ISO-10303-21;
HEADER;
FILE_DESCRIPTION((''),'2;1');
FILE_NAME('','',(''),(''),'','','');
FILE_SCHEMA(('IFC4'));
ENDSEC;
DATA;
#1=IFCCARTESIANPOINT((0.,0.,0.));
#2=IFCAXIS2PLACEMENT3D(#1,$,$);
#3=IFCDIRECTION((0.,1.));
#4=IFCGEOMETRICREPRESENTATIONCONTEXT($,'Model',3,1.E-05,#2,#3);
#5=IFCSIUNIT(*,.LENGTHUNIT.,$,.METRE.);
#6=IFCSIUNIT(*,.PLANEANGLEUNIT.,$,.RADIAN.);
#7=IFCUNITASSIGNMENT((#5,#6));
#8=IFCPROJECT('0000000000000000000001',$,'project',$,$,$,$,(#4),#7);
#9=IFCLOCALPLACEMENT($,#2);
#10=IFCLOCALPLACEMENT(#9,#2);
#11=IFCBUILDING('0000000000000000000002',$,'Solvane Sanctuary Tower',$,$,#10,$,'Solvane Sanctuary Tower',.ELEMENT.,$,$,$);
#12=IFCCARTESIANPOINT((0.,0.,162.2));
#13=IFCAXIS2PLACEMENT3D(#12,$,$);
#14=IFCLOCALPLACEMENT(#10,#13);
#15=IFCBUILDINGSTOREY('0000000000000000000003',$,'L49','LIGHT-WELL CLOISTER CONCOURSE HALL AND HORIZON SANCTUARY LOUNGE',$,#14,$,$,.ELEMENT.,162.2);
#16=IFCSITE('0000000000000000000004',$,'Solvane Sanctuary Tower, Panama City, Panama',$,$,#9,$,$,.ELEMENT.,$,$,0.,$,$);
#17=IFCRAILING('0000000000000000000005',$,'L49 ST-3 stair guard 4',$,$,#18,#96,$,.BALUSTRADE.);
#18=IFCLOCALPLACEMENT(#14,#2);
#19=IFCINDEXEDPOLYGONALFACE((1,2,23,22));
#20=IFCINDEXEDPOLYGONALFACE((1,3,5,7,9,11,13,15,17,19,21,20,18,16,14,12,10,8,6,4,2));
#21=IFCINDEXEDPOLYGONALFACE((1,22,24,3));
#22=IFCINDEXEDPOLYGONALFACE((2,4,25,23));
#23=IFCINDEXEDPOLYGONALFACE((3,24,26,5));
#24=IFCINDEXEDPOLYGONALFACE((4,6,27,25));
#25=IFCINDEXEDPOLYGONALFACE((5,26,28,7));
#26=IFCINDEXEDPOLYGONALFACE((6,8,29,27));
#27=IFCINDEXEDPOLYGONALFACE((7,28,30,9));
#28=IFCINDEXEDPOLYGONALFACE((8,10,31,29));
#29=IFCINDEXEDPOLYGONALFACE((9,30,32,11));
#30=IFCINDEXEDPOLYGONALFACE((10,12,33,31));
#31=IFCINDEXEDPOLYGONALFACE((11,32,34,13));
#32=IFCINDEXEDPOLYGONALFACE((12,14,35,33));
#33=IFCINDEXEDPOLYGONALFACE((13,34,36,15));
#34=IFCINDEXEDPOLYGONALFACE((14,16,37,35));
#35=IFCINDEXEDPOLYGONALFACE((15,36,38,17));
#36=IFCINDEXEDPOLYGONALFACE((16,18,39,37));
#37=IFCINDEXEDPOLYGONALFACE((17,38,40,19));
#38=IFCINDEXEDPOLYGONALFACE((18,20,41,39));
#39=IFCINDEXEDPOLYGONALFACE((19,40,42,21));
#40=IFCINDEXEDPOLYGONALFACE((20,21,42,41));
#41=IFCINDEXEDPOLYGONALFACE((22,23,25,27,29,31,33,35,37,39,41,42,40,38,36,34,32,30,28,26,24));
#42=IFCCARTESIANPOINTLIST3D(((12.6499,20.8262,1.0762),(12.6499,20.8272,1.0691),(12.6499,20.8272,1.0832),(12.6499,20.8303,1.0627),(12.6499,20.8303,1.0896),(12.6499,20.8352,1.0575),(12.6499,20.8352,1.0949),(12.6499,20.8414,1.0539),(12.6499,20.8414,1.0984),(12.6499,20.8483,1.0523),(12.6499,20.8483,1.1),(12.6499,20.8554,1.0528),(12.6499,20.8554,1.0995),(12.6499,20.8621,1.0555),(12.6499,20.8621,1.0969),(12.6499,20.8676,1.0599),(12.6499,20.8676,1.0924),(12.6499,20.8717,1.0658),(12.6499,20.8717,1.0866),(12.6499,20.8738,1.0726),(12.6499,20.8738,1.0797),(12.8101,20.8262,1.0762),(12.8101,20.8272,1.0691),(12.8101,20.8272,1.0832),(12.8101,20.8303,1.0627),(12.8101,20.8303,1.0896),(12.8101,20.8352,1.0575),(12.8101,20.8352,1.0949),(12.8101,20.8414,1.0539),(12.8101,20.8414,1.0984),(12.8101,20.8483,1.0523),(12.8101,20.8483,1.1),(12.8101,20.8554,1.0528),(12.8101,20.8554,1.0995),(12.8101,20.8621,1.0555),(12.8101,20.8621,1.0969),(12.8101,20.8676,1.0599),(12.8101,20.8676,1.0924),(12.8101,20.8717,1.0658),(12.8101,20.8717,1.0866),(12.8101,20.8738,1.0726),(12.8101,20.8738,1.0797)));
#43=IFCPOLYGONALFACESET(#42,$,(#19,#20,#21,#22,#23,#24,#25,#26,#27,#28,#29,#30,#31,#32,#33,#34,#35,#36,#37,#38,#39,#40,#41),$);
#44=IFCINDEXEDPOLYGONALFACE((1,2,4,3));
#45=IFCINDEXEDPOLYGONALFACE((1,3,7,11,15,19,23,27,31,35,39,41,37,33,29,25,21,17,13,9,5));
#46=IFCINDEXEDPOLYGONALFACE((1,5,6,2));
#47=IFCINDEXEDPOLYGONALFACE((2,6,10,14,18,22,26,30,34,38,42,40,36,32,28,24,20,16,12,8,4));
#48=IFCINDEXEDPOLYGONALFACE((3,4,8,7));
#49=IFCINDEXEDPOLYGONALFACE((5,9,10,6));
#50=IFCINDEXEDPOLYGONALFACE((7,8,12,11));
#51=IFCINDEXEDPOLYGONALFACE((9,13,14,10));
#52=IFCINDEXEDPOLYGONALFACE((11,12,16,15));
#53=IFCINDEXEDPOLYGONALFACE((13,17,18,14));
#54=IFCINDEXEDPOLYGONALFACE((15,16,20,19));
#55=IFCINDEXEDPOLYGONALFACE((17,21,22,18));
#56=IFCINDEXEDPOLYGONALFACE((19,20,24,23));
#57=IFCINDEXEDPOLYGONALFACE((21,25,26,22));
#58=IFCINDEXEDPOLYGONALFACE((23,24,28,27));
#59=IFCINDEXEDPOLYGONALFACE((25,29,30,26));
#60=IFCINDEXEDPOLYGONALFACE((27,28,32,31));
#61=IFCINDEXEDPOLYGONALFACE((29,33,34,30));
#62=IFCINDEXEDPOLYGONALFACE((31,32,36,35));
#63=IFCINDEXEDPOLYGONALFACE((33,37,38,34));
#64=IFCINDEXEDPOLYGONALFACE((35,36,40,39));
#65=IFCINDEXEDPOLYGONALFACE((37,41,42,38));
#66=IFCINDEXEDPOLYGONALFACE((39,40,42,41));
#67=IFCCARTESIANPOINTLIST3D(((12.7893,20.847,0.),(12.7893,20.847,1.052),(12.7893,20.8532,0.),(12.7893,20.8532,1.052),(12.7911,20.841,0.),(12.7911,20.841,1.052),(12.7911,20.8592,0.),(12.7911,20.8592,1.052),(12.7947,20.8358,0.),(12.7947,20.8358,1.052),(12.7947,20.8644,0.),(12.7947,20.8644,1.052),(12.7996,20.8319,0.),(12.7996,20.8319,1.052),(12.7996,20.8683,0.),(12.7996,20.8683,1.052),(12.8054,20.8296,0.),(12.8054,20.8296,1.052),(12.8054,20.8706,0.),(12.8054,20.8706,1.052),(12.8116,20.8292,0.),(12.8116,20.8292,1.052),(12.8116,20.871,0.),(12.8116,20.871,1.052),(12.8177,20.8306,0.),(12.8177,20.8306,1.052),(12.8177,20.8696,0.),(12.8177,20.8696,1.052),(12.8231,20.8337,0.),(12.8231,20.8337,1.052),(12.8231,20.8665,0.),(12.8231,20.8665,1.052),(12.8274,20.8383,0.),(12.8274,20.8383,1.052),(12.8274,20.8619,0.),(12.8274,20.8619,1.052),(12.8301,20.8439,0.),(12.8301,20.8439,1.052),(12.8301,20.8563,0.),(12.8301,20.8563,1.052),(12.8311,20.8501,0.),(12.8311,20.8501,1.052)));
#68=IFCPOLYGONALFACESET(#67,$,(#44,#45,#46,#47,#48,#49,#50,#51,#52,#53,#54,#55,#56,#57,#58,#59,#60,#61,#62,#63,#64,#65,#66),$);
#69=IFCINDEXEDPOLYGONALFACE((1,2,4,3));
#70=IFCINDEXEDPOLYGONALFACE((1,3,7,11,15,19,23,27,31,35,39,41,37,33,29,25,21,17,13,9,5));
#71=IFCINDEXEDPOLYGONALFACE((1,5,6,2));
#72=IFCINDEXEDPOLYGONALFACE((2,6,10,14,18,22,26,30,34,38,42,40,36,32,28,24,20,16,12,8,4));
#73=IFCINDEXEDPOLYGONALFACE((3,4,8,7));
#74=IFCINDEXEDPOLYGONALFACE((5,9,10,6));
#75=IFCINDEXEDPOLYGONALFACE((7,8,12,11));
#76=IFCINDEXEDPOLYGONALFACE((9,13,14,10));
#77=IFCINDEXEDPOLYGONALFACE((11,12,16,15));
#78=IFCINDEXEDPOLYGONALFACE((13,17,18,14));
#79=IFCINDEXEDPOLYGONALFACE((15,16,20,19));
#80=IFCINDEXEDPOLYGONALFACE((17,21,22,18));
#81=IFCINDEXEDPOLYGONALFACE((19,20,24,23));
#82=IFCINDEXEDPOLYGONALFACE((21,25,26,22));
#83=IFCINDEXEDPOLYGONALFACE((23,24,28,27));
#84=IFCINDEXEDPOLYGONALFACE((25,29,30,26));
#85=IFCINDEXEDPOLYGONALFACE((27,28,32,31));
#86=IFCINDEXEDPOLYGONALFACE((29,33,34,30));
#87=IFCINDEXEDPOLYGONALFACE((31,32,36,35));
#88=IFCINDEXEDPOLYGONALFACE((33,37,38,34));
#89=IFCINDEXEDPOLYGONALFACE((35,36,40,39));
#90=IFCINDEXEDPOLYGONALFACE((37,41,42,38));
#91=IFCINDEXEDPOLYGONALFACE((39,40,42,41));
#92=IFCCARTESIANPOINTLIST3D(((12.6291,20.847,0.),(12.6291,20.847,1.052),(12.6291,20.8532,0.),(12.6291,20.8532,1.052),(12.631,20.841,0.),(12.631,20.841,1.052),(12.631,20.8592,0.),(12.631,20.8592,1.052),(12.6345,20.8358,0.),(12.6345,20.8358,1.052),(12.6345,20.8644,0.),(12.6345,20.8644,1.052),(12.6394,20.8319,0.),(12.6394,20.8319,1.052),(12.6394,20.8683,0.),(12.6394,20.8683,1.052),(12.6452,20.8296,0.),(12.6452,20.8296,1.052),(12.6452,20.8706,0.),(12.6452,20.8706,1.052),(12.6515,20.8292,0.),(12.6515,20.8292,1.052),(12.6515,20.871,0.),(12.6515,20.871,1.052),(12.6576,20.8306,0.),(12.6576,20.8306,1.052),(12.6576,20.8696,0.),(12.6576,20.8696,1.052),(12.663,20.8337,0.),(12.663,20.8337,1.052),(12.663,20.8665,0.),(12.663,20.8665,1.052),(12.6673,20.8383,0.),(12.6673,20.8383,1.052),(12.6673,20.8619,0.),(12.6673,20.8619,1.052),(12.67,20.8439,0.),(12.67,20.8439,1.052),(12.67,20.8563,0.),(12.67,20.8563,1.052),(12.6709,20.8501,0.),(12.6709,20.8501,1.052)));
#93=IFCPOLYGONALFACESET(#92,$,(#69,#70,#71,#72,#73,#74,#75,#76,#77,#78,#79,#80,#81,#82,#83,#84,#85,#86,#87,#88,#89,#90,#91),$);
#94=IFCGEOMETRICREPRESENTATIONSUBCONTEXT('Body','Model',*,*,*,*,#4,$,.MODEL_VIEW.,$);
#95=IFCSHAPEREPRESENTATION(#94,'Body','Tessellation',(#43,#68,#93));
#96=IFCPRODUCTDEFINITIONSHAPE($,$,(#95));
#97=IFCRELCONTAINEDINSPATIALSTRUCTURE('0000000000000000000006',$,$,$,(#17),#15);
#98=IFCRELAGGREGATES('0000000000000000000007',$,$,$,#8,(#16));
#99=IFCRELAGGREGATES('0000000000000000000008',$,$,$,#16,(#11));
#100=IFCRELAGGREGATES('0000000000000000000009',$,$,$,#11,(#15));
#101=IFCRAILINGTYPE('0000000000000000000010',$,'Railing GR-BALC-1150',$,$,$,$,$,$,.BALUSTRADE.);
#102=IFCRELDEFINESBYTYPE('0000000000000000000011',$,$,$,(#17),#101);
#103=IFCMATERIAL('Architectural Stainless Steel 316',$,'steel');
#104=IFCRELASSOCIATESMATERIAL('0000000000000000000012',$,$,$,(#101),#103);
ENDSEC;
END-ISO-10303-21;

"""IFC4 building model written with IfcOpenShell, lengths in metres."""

from ifc_helpers import new_model, si_unit, direction, frame, origin, origin_2d, place, context, subcontext, project, spatial, circle, extrude, material, type_object, element, save


model = new_model("IFC4")

# Units and contexts
model_context = context("Model", 3, precision=1e-05, world=origin(), true_north=direction((0.0, 1.0)))
body_context = subcontext(model_context, "Body", "Model", "MODEL_VIEW")
ifc_project = project(units=[si_unit("LENGTHUNIT", "METRE"), si_unit("PLANEANGLEUNIT", "RADIAN")], contexts=[model_context])

# Site, building, storey
site_placement = place(None, origin())
site = spatial("IfcSite", under=ifc_project, at=site_placement, Name="Solvane Sanctuary Tower, Panama City, Panama", CompositionType="ELEMENT", RefElevation=0.0)
building_placement = place(site_placement, origin())
building = spatial("IfcBuilding", under=site, at=building_placement, Name="Solvane Sanctuary Tower", LongName="Solvane Sanctuary Tower", CompositionType="ELEMENT")
storey_placement = place(building_placement, frame((0.0, 0.0, 162.2)))
storey = spatial("IfcBuildingStorey", under=building, at=storey_placement, Name="L49", Description="LIGHT-WELL CLOISTER CONCOURSE HALL AND HORIZON SANCTUARY LOUNGE", CompositionType="ELEMENT", Elevation=162.2)

# Shared definitions
ifc_material_1 = material(Name="Architectural Stainless Steel 316", Category="steel")

# Railing
railing_type_1 = type_object("IfcRailingType", Name="Railing GR-BALC-1150", PredefinedType="BALUSTRADE", material=ifc_material_1)
railing_1_placement = place(storey_placement, frame((12.8101, 20.8501, 0.0)))
element("IfcRailing", 1, at=railing_1_placement, inside=storey, type_object=railing_type_1, Name="L49 ST-3 stair guard 4", PredefinedType="BALUSTRADE", context=body_context, shape_type="SweptSolid", body=[
    extrude(circle(Radius=0.0239, at=origin_2d()), frame((0.0, 0.0, 1.0762), z_axis=(-1.0, 0.0, 0.0), x_axis=(0.0, -1.0, 0.0)), (0.0, 0.0, 1.0), 0.1602),
    extrude(circle(Radius=0.021, at=origin_2d()), origin(), (0.0, 0.0, 1.0), 1.052),
    extrude(circle(Radius=0.021, at=origin_2d()), frame((-0.1602, 0.0, 0.0)), (0.0, 0.0, 1.0), 1.052),
])

save(model, "model.ifc")
